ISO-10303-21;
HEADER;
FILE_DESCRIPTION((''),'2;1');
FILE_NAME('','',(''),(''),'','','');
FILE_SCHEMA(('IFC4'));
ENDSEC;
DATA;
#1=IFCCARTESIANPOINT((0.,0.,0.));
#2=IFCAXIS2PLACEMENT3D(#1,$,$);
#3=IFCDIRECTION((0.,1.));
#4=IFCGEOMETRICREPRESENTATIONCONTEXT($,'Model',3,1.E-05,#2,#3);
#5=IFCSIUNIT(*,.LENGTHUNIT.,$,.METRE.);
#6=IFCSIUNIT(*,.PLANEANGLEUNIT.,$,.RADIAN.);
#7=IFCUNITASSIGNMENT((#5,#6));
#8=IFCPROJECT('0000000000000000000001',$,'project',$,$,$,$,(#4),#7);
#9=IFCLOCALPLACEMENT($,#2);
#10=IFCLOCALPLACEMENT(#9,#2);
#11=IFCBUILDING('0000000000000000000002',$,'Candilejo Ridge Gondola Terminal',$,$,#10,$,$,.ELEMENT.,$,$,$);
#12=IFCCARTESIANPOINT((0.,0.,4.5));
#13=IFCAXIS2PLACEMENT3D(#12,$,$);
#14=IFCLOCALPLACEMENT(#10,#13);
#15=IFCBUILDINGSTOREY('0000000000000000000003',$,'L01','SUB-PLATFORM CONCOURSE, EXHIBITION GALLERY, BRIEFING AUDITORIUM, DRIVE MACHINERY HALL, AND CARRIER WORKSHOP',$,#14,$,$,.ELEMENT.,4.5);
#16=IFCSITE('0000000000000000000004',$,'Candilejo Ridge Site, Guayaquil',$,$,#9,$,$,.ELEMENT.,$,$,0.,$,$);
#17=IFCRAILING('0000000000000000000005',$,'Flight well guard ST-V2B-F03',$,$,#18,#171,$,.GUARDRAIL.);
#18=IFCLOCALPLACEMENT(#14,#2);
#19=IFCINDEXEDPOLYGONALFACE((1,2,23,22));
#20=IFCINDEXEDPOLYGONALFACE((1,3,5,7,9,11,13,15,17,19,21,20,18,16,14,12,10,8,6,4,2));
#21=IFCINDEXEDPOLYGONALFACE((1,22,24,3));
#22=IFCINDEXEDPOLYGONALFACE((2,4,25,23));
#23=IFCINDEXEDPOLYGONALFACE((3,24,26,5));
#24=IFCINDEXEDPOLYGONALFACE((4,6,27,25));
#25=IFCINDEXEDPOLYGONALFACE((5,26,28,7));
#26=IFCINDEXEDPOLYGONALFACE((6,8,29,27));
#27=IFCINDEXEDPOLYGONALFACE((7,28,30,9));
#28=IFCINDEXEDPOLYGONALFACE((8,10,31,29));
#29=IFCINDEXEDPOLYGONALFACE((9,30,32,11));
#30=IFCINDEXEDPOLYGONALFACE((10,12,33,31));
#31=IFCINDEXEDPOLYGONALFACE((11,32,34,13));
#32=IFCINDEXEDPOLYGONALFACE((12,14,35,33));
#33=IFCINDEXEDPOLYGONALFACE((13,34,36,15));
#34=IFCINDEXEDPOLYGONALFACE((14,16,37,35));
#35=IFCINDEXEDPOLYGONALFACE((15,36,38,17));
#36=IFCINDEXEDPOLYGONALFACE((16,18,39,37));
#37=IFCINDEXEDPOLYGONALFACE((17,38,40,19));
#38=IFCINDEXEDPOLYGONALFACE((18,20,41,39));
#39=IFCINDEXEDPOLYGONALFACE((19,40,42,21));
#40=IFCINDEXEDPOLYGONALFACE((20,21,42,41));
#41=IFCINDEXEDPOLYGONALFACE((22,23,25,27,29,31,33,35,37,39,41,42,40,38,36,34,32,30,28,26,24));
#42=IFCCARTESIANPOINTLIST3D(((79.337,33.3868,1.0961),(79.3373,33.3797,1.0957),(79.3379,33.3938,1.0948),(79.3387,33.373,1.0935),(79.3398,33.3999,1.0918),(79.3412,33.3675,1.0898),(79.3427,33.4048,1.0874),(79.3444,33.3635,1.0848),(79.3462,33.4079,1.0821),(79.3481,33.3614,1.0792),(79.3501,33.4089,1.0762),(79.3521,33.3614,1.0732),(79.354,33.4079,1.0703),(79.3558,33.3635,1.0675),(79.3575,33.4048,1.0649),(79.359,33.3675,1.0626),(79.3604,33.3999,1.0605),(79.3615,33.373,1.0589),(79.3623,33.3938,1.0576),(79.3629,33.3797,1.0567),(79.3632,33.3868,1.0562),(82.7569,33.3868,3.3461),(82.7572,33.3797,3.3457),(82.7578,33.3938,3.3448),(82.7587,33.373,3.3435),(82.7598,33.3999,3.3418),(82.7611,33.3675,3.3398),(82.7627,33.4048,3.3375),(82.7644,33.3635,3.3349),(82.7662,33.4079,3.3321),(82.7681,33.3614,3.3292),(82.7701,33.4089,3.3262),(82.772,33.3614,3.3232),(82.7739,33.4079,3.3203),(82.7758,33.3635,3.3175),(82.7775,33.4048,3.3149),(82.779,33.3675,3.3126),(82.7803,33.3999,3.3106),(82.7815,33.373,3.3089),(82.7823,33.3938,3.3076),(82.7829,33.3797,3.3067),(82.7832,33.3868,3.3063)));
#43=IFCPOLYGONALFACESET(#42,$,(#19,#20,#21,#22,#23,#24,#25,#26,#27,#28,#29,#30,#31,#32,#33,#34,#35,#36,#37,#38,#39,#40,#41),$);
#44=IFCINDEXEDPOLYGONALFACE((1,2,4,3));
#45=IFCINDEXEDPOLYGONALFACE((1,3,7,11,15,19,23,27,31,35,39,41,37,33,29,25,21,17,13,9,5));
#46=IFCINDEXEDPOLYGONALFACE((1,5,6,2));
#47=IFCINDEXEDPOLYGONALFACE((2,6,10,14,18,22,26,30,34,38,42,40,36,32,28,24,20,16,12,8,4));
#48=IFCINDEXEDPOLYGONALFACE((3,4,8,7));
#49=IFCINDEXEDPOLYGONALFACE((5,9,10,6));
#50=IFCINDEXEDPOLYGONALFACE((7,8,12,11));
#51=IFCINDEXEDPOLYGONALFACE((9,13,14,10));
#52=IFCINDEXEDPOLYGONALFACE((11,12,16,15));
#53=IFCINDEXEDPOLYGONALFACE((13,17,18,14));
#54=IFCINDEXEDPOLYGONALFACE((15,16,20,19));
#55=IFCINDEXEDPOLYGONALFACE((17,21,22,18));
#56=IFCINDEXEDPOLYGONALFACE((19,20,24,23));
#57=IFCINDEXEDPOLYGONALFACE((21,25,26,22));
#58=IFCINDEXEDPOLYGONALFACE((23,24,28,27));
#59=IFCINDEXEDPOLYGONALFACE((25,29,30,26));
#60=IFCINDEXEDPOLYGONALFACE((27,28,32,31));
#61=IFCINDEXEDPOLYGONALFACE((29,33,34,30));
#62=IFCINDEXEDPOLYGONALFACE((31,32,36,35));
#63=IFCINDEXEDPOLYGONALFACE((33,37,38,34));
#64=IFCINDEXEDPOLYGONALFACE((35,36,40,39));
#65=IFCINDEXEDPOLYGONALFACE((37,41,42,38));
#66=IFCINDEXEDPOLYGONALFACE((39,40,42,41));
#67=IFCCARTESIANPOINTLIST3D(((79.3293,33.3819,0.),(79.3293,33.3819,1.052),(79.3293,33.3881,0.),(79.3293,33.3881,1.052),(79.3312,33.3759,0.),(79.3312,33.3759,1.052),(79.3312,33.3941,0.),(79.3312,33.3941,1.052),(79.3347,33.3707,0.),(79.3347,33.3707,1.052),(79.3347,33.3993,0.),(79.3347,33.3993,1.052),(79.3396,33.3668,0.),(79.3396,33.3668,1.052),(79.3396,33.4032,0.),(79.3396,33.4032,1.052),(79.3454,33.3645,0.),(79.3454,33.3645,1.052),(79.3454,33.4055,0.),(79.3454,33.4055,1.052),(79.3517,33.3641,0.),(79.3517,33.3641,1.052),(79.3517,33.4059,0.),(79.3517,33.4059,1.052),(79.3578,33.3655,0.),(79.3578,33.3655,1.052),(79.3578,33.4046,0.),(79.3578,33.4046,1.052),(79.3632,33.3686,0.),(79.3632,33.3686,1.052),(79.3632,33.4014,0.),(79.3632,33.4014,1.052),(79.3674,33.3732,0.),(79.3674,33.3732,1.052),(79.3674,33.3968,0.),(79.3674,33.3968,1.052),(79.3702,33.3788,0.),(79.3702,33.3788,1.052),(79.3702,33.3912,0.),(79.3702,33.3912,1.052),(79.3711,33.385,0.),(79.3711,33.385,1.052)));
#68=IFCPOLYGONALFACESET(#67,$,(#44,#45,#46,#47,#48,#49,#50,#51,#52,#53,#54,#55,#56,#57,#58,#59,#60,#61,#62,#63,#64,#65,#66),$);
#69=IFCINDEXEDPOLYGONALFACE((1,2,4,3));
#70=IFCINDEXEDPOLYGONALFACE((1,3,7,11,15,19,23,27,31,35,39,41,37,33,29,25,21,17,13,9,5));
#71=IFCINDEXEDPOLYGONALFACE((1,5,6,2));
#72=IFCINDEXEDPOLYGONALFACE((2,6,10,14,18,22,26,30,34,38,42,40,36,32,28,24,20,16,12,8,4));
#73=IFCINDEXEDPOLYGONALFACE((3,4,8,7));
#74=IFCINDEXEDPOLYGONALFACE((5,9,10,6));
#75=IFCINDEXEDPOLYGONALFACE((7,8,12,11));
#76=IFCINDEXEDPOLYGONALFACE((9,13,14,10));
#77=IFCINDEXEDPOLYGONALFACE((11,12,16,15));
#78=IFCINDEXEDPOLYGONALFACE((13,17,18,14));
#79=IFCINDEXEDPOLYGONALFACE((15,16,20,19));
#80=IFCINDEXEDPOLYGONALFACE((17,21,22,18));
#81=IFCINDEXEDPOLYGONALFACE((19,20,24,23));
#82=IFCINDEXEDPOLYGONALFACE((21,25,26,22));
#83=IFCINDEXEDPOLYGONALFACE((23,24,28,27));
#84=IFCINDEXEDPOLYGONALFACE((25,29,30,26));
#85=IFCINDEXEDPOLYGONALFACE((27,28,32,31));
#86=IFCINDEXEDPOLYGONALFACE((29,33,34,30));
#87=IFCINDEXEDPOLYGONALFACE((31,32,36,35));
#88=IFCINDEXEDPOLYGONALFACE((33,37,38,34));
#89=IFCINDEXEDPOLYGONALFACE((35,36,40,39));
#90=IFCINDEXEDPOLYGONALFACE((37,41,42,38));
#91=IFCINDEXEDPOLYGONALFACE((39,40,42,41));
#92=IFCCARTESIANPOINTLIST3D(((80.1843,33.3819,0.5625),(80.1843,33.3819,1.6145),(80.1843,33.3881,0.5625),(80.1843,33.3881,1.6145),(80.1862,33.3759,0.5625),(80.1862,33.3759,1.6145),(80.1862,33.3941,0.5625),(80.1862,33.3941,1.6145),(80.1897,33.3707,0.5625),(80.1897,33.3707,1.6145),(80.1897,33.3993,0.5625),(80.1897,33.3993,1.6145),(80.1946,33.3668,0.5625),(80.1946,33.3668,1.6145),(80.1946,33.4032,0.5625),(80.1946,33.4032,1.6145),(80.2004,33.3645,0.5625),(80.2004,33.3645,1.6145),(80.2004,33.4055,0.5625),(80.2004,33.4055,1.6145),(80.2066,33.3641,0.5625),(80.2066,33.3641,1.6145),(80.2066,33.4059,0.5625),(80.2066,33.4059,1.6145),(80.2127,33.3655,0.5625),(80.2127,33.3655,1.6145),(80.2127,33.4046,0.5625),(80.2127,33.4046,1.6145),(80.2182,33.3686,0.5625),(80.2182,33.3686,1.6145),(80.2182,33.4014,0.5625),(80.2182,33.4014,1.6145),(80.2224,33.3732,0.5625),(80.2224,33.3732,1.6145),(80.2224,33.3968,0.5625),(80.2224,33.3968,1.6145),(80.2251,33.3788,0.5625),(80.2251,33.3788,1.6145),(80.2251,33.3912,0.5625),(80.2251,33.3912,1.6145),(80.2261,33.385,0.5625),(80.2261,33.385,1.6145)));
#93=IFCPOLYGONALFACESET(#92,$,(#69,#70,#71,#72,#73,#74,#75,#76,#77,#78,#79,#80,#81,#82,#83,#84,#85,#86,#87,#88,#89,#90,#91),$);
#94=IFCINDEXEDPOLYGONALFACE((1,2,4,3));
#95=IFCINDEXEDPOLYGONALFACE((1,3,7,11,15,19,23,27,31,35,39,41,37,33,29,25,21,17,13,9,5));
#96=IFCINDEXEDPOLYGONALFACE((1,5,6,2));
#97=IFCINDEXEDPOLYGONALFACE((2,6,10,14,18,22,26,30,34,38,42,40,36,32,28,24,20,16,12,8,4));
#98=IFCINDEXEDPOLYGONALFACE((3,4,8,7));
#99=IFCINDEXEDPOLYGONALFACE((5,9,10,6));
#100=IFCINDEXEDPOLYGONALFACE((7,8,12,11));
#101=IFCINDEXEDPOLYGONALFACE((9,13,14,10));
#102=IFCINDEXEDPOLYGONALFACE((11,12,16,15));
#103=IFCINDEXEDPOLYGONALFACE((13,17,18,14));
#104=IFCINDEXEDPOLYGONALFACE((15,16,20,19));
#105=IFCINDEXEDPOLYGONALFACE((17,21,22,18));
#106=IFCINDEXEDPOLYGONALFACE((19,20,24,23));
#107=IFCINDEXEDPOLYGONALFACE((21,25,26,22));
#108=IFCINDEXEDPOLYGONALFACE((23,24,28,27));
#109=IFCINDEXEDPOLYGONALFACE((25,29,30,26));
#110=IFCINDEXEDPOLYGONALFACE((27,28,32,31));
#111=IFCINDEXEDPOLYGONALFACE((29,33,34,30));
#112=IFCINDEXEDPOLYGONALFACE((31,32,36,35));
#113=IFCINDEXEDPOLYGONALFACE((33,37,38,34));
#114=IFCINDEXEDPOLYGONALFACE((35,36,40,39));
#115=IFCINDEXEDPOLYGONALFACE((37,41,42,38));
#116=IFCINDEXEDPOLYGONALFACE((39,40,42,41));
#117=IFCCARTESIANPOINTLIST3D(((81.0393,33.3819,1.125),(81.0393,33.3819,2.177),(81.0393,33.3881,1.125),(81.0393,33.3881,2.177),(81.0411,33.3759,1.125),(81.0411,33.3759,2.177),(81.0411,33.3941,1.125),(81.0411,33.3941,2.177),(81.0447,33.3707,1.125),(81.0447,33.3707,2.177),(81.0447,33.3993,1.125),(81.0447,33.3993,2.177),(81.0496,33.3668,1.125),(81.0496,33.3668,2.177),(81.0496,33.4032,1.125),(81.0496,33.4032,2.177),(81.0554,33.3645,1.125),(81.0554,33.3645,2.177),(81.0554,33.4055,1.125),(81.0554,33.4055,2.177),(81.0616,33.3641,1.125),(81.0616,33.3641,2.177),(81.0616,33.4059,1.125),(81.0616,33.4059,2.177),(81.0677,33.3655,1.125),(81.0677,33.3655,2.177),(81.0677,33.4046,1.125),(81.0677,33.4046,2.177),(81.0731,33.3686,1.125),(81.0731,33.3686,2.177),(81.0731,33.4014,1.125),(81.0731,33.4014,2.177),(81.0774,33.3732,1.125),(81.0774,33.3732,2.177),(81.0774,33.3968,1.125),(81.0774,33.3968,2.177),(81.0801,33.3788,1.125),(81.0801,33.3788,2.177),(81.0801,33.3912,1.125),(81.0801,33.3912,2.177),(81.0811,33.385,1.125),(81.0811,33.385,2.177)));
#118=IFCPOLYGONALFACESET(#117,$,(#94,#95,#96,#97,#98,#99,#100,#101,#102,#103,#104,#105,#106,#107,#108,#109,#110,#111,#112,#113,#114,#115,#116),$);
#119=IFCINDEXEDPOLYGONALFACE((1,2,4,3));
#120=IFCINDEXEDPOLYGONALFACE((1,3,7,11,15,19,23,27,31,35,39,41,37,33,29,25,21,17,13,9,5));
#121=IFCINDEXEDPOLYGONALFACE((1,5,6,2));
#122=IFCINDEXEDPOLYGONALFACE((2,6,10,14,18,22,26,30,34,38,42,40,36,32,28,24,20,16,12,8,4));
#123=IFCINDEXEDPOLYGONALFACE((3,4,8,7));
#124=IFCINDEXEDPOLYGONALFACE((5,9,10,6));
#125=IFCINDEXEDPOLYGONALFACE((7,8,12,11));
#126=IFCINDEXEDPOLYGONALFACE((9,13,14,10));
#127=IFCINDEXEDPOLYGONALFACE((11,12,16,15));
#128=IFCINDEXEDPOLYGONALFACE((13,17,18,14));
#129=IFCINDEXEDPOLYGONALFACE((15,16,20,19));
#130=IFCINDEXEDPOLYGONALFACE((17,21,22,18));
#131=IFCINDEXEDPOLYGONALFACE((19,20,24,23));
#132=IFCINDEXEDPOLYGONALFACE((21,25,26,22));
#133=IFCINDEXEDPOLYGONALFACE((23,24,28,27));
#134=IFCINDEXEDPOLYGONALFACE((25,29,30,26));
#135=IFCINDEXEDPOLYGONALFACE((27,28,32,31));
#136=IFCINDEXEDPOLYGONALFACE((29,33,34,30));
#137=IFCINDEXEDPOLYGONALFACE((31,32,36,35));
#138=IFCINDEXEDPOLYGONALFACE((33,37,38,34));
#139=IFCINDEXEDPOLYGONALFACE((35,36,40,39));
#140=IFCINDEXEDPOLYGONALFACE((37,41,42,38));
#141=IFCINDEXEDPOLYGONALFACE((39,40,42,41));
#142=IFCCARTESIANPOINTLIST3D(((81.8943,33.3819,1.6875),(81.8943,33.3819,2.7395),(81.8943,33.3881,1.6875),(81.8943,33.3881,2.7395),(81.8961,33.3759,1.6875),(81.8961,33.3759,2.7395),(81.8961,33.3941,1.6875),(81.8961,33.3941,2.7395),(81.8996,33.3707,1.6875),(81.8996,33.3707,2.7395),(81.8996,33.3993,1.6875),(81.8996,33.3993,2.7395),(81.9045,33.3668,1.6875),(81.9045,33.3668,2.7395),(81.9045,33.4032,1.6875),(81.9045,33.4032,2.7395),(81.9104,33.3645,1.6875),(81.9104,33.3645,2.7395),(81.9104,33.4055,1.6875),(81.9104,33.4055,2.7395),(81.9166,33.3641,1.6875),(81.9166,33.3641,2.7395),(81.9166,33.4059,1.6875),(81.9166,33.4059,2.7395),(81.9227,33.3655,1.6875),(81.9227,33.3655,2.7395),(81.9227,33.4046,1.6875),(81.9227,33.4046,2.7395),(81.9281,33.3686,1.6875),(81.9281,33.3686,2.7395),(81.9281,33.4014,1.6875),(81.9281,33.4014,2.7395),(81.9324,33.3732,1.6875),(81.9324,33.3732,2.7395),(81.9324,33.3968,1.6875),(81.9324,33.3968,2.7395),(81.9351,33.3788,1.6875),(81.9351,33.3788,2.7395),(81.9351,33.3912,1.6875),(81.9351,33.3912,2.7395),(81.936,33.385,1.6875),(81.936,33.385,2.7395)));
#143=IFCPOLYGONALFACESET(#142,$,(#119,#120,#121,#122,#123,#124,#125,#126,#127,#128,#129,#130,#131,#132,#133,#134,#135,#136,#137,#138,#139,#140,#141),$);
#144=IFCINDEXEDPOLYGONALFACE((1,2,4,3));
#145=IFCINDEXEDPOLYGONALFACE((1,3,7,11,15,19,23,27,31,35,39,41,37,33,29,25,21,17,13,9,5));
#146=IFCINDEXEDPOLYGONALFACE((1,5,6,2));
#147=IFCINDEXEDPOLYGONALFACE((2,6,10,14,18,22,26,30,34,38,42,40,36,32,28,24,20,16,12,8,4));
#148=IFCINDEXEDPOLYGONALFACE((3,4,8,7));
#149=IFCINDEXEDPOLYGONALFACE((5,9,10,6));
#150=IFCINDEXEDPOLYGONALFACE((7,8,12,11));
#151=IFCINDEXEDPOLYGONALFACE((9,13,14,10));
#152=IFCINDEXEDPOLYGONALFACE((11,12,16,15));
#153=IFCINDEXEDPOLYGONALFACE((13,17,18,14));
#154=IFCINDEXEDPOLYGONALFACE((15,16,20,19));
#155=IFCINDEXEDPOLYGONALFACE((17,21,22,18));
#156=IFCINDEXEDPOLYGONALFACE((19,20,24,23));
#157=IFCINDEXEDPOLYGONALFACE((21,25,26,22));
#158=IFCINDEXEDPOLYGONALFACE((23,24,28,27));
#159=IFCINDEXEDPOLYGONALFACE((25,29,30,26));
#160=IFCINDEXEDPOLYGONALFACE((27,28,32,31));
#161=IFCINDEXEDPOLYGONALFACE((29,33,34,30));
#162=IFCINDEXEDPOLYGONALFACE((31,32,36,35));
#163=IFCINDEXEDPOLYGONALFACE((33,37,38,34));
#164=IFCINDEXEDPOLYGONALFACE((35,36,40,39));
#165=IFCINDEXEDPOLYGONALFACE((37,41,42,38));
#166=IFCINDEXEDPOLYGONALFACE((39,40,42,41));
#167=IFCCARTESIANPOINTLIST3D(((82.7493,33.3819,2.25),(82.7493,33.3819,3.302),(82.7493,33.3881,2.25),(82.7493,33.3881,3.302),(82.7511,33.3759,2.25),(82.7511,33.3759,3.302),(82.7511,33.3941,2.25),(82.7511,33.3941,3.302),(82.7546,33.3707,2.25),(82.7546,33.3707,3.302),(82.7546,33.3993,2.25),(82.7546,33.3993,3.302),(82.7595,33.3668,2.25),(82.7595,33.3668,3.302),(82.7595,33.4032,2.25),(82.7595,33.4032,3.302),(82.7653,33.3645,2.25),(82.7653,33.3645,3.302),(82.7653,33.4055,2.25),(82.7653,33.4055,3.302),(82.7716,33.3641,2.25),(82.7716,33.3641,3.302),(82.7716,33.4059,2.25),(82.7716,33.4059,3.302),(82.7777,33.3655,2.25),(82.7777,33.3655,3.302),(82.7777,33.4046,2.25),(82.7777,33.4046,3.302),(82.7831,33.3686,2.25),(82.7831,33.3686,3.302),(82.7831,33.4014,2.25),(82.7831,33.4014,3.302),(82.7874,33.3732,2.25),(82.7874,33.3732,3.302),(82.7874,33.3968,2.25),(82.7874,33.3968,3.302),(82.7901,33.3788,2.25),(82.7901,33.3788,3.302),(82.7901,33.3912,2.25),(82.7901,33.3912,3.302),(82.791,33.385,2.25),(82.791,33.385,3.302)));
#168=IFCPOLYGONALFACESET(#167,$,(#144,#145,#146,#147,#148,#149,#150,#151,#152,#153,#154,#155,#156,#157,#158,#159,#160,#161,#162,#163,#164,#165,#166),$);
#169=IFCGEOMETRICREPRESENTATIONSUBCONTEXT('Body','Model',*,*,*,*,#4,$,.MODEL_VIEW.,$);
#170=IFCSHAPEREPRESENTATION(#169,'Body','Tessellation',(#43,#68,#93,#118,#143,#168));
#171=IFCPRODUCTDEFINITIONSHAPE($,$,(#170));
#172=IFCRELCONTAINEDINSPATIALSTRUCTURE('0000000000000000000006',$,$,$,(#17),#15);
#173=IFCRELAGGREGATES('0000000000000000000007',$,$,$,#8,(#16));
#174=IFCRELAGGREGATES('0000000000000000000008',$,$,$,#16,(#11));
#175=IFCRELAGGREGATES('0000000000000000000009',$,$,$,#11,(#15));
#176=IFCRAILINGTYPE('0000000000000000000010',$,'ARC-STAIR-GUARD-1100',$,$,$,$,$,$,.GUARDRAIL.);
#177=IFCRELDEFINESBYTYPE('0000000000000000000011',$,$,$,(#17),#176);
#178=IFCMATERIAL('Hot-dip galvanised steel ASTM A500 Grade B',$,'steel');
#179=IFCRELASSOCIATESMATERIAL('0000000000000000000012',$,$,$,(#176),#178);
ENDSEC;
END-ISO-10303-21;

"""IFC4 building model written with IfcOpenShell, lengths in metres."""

from ifc_helpers import new_model, si_unit, direction, frame, origin, origin_2d, place, context, subcontext, project, spatial, circle, extrude, material, type_object, element, save


model = new_model("IFC4")

# Units and contexts
model_context = context("Model", 3, precision=1e-05, world=origin(), true_north=direction((0.0, 1.0)))
body_context = subcontext(model_context, "Body", "Model", "MODEL_VIEW")
ifc_project = project(units=[si_unit("LENGTHUNIT", "METRE"), si_unit("PLANEANGLEUNIT", "RADIAN")], contexts=[model_context])

# Site, building, storey
site_placement = place(None, origin())
site = spatial("IfcSite", under=ifc_project, at=site_placement, Name="Candilejo Ridge Site, Guayaquil", CompositionType="ELEMENT", RefElevation=0.0)
building_placement = place(site_placement, origin())
building = spatial("IfcBuilding", under=site, at=building_placement, Name="Candilejo Ridge Gondola Terminal", CompositionType="ELEMENT")
storey_placement = place(building_placement, frame((0.0, 0.0, 4.5)))
storey = spatial("IfcBuildingStorey", under=building, at=storey_placement, Name="L01", Description="SUB-PLATFORM CONCOURSE, EXHIBITION GALLERY, BRIEFING AUDITORIUM, DRIVE MACHINERY HALL, AND CARRIER WORKSHOP", CompositionType="ELEMENT", Elevation=4.5)

# Railing
ifc_material_1 = material(Name="Hot-dip galvanised steel ASTM A500 Grade B", Category="steel")
railing_type = type_object("IfcRailingType", Name="ARC-STAIR-GUARD-1100", PredefinedType="GUARDRAIL", material=ifc_material_1)
railing_1_placement = place(storey_placement, frame((79.3501, 33.385, 0.0)))
element("IfcRailing", 1, at=railing_1_placement, inside=storey, type_object=railing_type, Name="Flight well guard ST-V2B-F03", PredefinedType="GUARDRAIL", context=body_context, shape_type="SweptSolid", body=[
    extrude(circle(Radius=0.0239, at=origin_2d()), frame((0.0, 0.0, 1.0762), z_axis=(0.835411, 0.0, 0.549625), x_axis=(0.0, 1.0, 0.0)), (0.0, 0.0, 1.0), 4.0938),
    extrude(circle(Radius=0.021, at=origin_2d()), origin(), (0.0, 0.0, 1.0), 1.052),
    extrude(circle(Radius=0.021, at=origin_2d()), frame((0.855, 0.0, 0.5625)), (0.0, 0.0, 1.0), 1.052),
    extrude(circle(Radius=0.021, at=origin_2d()), frame((1.71, 0.0, 1.125)), (0.0, 0.0, 1.0), 1.052),
    extrude(circle(Radius=0.021, at=origin_2d()), frame((2.5649, 0.0, 1.6875)), (0.0, 0.0, 1.0), 1.052),
    extrude(circle(Radius=0.021, at=origin_2d()), frame((3.4199, 0.0, 2.25)), (0.0, 0.0, 1.0), 1.052),
])

save(model, "model.ifc")
